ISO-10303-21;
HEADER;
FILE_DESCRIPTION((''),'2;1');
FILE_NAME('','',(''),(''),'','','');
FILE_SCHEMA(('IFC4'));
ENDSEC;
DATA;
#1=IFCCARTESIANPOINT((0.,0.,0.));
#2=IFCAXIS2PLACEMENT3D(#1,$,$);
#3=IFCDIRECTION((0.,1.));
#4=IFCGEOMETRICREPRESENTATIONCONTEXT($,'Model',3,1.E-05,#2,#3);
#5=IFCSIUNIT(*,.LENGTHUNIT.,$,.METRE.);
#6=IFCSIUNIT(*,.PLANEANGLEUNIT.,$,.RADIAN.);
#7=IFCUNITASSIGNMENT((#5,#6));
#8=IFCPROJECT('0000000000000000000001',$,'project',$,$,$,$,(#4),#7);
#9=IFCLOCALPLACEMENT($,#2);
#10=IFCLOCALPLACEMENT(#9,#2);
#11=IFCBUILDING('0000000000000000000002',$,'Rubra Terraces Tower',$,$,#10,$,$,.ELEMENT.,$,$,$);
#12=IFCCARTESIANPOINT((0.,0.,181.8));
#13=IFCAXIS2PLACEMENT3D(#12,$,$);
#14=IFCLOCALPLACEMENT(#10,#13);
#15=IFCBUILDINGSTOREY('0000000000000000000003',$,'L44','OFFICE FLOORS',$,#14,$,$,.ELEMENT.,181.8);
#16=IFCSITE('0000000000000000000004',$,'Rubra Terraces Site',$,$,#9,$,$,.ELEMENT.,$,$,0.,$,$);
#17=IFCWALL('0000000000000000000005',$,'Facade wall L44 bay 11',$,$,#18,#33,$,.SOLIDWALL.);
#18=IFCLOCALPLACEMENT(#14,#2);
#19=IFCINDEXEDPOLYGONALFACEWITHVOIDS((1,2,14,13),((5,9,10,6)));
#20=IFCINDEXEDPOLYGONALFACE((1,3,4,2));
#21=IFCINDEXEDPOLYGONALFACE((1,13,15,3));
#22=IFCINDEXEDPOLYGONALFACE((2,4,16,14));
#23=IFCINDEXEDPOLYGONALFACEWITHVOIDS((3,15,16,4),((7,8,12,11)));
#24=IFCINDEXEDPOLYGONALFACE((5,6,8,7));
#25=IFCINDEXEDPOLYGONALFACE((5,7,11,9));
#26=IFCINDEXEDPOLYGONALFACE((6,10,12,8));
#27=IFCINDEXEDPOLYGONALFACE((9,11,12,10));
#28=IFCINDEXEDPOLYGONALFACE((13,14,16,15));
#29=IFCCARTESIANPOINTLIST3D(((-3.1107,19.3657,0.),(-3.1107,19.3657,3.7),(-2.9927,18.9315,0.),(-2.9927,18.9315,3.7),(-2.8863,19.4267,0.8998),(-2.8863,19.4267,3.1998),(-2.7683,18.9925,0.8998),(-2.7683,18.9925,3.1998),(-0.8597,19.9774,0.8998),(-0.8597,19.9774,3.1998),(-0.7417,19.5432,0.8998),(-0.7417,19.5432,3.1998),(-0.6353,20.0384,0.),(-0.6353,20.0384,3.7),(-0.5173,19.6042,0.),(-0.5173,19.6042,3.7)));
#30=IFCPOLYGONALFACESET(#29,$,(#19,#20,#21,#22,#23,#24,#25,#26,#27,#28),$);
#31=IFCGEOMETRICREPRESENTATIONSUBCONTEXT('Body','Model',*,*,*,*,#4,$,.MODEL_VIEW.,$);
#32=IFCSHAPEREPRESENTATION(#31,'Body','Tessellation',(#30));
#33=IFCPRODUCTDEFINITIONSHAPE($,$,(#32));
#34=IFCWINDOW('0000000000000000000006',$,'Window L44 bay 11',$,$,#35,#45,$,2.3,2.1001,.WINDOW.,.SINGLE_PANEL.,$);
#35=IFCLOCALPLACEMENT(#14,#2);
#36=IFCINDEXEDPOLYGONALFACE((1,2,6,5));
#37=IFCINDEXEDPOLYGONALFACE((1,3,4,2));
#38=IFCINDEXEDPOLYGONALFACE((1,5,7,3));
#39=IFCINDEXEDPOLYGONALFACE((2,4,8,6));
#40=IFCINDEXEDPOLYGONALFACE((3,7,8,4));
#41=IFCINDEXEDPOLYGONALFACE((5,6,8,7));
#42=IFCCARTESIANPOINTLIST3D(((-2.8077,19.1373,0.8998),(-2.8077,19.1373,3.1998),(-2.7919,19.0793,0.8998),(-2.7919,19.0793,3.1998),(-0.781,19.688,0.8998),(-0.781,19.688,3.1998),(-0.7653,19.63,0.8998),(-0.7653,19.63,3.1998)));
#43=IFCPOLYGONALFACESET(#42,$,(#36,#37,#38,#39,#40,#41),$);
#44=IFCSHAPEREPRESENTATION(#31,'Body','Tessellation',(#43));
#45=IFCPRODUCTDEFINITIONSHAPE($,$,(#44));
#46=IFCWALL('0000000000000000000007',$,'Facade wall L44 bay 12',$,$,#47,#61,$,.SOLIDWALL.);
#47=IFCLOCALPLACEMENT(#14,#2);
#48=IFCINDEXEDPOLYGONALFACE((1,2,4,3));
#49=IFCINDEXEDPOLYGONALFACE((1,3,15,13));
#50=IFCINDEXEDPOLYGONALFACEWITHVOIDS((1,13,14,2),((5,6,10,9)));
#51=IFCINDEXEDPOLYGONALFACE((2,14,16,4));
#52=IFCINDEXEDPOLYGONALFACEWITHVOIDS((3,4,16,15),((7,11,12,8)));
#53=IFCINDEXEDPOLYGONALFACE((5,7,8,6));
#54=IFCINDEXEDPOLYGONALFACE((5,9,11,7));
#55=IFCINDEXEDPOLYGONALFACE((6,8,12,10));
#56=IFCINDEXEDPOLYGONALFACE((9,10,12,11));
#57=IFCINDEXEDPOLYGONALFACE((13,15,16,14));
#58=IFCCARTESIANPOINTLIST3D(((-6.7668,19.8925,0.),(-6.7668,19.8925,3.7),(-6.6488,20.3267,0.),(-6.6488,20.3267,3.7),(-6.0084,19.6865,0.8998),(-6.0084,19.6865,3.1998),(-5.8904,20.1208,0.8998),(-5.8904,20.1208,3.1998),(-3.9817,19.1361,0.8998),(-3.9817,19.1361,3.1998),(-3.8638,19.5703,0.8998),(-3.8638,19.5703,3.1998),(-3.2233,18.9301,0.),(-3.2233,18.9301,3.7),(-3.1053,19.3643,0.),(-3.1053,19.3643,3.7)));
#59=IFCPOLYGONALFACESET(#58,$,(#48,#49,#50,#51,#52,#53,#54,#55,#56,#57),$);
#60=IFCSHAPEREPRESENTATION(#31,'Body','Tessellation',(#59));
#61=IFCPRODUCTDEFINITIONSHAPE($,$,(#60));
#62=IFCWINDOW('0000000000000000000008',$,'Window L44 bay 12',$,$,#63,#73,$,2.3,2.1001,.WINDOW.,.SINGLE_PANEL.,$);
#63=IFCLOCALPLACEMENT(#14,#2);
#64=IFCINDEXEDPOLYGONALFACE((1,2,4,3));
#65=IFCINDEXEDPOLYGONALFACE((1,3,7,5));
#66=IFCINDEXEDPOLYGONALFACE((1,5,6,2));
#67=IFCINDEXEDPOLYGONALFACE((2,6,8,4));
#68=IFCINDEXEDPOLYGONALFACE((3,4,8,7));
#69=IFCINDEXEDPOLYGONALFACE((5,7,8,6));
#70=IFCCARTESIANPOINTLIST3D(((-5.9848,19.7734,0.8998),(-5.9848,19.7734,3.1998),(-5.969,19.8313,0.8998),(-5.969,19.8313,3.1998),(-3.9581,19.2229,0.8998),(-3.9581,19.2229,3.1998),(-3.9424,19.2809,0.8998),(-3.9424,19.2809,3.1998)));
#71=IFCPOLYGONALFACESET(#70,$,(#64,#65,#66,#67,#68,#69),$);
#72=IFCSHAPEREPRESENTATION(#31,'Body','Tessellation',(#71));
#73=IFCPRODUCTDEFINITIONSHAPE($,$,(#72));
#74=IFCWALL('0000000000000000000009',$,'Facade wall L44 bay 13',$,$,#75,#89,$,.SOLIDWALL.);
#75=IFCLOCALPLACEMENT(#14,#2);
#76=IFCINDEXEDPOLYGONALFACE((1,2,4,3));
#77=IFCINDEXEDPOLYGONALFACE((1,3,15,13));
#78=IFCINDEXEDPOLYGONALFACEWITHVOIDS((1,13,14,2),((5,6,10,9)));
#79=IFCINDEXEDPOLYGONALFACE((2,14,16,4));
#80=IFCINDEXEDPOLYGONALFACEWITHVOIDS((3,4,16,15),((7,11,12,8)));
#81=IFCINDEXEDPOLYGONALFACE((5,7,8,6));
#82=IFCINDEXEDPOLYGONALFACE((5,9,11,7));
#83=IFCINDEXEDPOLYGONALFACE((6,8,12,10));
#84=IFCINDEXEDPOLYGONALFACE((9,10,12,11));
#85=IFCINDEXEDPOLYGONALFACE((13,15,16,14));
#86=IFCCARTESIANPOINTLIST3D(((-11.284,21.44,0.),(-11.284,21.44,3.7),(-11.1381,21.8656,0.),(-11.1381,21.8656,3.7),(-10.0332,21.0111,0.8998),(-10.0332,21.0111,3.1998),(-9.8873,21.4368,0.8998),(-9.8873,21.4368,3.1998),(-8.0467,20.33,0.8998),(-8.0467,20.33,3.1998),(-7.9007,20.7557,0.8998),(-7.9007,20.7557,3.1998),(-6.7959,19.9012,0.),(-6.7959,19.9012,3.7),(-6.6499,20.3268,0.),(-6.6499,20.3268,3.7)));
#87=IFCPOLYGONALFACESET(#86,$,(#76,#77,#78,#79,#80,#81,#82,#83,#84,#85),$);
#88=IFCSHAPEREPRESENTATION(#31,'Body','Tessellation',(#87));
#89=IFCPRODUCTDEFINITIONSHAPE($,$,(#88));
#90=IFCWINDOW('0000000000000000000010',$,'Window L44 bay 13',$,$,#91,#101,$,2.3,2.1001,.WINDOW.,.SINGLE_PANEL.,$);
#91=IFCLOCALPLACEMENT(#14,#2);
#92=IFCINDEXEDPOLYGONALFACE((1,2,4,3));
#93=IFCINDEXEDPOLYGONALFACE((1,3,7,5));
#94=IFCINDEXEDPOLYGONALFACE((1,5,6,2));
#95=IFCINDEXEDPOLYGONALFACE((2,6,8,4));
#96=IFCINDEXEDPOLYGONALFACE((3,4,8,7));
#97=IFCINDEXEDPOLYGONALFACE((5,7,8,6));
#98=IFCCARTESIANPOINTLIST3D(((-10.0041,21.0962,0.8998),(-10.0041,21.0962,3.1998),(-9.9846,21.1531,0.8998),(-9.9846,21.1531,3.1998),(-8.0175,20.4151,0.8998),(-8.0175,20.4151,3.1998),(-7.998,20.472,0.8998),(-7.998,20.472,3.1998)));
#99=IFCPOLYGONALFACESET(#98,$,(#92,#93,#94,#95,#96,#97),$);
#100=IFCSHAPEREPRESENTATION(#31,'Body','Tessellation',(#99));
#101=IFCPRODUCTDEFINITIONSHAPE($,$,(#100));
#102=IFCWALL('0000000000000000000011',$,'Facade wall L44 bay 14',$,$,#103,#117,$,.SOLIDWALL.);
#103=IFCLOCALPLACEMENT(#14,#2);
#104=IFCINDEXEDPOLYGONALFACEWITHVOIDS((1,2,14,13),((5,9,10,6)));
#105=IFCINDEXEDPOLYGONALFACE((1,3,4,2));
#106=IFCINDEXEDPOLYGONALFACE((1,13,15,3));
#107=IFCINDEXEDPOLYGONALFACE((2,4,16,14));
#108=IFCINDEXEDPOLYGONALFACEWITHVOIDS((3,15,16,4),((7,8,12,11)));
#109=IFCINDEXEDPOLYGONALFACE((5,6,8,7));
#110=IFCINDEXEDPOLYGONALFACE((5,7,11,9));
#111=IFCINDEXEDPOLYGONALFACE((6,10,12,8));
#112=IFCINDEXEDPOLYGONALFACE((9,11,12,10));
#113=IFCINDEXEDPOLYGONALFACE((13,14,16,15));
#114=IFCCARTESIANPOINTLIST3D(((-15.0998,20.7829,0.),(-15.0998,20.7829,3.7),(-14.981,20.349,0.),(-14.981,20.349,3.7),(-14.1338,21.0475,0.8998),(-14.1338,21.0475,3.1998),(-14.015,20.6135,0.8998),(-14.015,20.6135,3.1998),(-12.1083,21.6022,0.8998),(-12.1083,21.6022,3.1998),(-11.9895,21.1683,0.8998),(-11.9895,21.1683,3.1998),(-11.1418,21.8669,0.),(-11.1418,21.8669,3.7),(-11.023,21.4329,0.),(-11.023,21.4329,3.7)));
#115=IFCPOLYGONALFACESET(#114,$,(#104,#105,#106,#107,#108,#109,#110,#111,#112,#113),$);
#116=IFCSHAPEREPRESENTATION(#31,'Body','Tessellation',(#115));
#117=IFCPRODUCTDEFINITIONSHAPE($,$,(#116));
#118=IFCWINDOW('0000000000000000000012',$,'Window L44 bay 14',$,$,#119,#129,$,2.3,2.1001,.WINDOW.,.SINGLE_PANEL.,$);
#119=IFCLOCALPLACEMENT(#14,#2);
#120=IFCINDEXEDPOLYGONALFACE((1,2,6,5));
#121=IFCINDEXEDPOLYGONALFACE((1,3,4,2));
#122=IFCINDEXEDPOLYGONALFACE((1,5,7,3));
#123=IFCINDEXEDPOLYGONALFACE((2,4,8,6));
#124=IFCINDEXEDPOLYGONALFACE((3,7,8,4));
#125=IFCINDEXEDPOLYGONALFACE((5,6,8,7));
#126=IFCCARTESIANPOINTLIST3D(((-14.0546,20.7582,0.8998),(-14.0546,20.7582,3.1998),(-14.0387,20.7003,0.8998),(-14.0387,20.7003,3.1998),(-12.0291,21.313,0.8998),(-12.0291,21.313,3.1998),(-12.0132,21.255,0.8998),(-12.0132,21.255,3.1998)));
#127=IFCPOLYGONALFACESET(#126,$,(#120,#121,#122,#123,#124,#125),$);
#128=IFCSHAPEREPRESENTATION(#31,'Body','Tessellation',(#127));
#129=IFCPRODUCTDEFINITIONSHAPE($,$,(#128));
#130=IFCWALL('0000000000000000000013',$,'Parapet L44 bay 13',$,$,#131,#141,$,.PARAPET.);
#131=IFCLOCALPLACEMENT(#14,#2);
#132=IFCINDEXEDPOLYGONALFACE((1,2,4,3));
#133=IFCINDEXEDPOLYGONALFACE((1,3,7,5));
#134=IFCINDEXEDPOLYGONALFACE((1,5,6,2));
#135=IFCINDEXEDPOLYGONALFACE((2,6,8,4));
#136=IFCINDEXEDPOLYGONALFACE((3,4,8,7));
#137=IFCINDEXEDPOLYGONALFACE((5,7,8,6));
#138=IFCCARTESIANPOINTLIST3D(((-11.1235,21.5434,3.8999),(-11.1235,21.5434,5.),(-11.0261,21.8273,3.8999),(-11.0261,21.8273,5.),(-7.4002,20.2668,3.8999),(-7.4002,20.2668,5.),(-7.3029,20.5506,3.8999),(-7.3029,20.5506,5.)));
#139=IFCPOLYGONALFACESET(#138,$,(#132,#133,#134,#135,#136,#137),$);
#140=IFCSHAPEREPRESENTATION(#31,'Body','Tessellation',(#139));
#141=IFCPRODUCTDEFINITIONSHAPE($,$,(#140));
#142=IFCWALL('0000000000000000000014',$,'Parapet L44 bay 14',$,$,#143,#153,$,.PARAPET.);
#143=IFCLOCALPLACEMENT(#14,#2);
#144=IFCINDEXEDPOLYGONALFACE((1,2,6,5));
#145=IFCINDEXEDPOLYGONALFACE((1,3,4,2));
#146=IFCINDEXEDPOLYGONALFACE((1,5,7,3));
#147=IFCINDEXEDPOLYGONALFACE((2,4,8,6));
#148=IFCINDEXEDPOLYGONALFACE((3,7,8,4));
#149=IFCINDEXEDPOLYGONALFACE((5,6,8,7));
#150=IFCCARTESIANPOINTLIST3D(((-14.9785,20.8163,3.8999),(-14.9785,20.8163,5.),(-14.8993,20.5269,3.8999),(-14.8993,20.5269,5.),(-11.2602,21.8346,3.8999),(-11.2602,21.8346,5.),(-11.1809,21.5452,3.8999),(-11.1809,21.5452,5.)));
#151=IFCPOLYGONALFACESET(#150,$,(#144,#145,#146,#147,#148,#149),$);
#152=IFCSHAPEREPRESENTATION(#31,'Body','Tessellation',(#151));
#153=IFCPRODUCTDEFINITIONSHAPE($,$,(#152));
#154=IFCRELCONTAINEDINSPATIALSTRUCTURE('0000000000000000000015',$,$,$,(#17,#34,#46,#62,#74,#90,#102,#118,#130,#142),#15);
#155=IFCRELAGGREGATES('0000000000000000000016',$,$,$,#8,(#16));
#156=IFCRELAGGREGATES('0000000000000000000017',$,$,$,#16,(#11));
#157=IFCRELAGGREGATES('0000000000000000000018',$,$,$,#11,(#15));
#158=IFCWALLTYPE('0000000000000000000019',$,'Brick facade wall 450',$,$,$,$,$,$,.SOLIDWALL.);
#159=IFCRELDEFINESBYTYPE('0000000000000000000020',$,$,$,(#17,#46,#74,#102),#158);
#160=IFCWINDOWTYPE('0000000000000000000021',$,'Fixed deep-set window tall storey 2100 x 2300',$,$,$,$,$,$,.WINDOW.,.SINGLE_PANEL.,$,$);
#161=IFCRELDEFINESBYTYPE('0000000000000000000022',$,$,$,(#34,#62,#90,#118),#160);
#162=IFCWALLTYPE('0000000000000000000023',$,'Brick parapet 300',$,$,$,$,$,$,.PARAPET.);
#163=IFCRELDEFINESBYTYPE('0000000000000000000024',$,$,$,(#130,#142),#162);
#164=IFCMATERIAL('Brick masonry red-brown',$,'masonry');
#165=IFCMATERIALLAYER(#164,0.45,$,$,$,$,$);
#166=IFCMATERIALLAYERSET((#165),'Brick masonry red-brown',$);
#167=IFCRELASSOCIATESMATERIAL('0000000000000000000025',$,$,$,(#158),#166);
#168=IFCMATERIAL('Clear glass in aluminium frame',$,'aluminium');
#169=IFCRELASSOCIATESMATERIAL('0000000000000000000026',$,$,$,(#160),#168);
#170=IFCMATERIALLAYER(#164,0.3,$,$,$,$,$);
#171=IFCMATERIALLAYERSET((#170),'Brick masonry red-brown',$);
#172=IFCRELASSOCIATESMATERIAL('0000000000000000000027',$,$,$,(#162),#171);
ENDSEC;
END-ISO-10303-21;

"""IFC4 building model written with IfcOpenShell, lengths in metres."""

from ifc_helpers import new_model, si_unit, direction, frame, frame_2d, origin, place, context, subcontext, project, spatial, rectangle, extrude, material, layer, layer_set, type_object, element, fill, save


model = new_model("IFC4")

# Units and contexts
model_context = context("Model", 3, precision=1e-05, world=origin(), true_north=direction((0.0, 1.0)))
body_context = subcontext(model_context, "Body", "Model", "MODEL_VIEW")
ifc_project = project(units=[si_unit("LENGTHUNIT", "METRE"), si_unit("PLANEANGLEUNIT", "RADIAN")], contexts=[model_context])

# Site, building, storey
site_placement = place(None, origin())
site = spatial("IfcSite", under=ifc_project, at=site_placement, Name="Rubra Terraces Site", CompositionType="ELEMENT", RefElevation=0.0)
building_placement = place(site_placement, origin())
building = spatial("IfcBuilding", under=site, at=building_placement, Name="Rubra Terraces Tower", CompositionType="ELEMENT")
storey_placement = place(building_placement, frame((0.0, 0.0, 181.8)))
storey = spatial("IfcBuildingStorey", under=building, at=storey_placement, Name="L44", Description="OFFICE FLOORS", CompositionType="ELEMENT", Elevation=181.8)

# Walls, openings, windows
ifc_material_1 = material(Name="Brick masonry red-brown", Category="masonry")
ifc_layer_1 = layer(ifc_material_1, 0.45)
ifc_layer_set_1 = layer_set([ifc_layer_1], Name="Brick masonry red-brown")
wall_type_1 = type_object("IfcWallType", Name="Brick facade wall 450", PredefinedType="SOLIDWALL", material=ifc_layer_set_1)
wall_1_placement = place(storey_placement, frame((-0.5762, 19.8213, 0.0), z_axis=(0.0, 0.0, 1.0), x_axis=(-0.965009, -0.262215, 0.0)))
wall_1 = element("IfcWall", 1, at=wall_1_placement, inside=storey, type_object=wall_type_1, Name="Facade wall L44 bay 11", PredefinedType="SOLIDWALL", context=body_context, shape_type="SweptSolid", body=[
    extrude(rectangle(XDim=2.5652, YDim=0.45, at=frame_2d((1.2827, 0.0))), origin(), (0.0, 0.0, 1.0), 3.7),
])
opening_1_placement = place(wall_1_placement, frame((0.2327, 0.0, 0.8999)))
opening_1 = element("IfcOpeningElement", 2, at=opening_1_placement, cuts=wall_1, PredefinedType="OPENING", context=body_context, shape_type="SweptSolid", body=[
    extrude(rectangle(XDim=2.1001, YDim=2.3, at=frame_2d((1.05, 1.1499))), frame((0.0, 0.2349, 0.0), z_axis=(0.0, -1.0, 0.0), x_axis=(1.0, 0.0, 0.0)), (0.0, 0.0, 1.0), 0.47),
])
ifc_material_2 = material(Name="Clear glass in aluminium frame", Category="aluminium")
window_type = type_object("IfcWindowType", Name="Fixed deep-set window tall storey 2100 x 2300", PartitioningType="SINGLE_PANEL", PredefinedType="WINDOW", material=ifc_material_2)
window_1_placement = place(opening_1_placement, origin())
window_1 = element("IfcWindow", 3, at=window_1_placement, inside=storey, type_object=window_type, Name="Window L44 bay 11", OverallHeight=2.3, OverallWidth=2.1001, PartitioningType="SINGLE_PANEL", PredefinedType="WINDOW", context=body_context, shape_type="SweptSolid", body=[
    extrude(rectangle(XDim=2.1001, YDim=2.3, at=frame_2d((1.05, 1.1499))), frame((0.0, 0.135, 0.0), z_axis=(0.0, -1.0, 0.0), x_axis=(1.0, 0.0, 0.0)), (0.0, 0.0, 1.0), 0.0601),
])
fill(opening_1, window_1)
wall_2_placement = place(storey_placement, frame((-3.1643, 19.1472, 0.0), z_axis=(0.0, 0.0, 1.0), x_axis=(-0.965039, 0.262105, 0.0)))
wall_2 = element("IfcWall", 4, at=wall_2_placement, inside=storey, type_object=wall_type_1, Name="Facade wall L44 bay 12", PredefinedType="SOLIDWALL", context=body_context, shape_type="SweptSolid", body=[
    extrude(rectangle(XDim=3.6719, YDim=0.45, at=frame_2d((1.8359, 0.0))), origin(), (0.0, 0.0, 1.0), 3.7),
])
opening_2_placement = place(wall_2_placement, frame((0.7859, 0.0, 0.8999)))
opening_2 = element("IfcOpeningElement", 5, at=opening_2_placement, cuts=wall_2, PredefinedType="OPENING", context=body_context, shape_type="SweptSolid", body=[
    extrude(rectangle(XDim=2.1001, YDim=2.3, at=frame_2d((1.05, 1.1499))), frame((0.0, 0.2349, 0.0), z_axis=(0.0, -1.0, 0.0), x_axis=(1.0, 0.0, 0.0)), (0.0, 0.0, 1.0), 0.47),
])
window_2_placement = place(opening_2_placement, origin())
window_2 = element("IfcWindow", 6, at=window_2_placement, inside=storey, type_object=window_type, Name="Window L44 bay 12", OverallHeight=2.3, OverallWidth=2.1001, PartitioningType="SINGLE_PANEL", PredefinedType="WINDOW", context=body_context, shape_type="SweptSolid", body=[
    extrude(rectangle(XDim=2.1001, YDim=2.3, at=frame_2d((1.05, 1.1499))), frame((0.0, 0.135, 0.0), z_axis=(0.0, -1.0, 0.0), x_axis=(1.0, 0.0, 0.0)), (0.0, 0.0, 1.0), 0.0601),
])
fill(opening_2, window_2)
wall_3_placement = place(storey_placement, frame((-6.7229, 20.114, 0.0), z_axis=(0.0, 0.0, 1.0), x_axis=(-0.945947, 0.32432, 0.0)))
wall_3 = element("IfcWall", 7, at=wall_3_placement, inside=storey, type_object=wall_type_1, Name="Facade wall L44 bay 13", PredefinedType="SOLIDWALL", context=body_context, shape_type="SweptSolid", body=[
    extrude(rectangle(XDim=4.7446, YDim=0.45, at=frame_2d((2.3723, 0.0))), origin(), (0.0, 0.0, 1.0), 3.7),
])
opening_3_placement = place(wall_3_placement, frame((1.3223, 0.0, 0.8999)))
opening_3 = element("IfcOpeningElement", 8, at=opening_3_placement, cuts=wall_3, PredefinedType="OPENING", context=body_context, shape_type="SweptSolid", body=[
    extrude(rectangle(XDim=2.1001, YDim=2.3, at=frame_2d((1.05, 1.1499))), frame((0.0, 0.2349, 0.0), z_axis=(0.0, -1.0, 0.0), x_axis=(1.0, 0.0, 0.0)), (0.0, 0.0, 1.0), 0.47),
])
window_3_placement = place(opening_3_placement, origin())
window_3 = element("IfcWindow", 9, at=window_3_placement, inside=storey, type_object=window_type, Name="Window L44 bay 13", OverallHeight=2.3, OverallWidth=2.1001, PartitioningType="SINGLE_PANEL", PredefinedType="WINDOW", context=body_context, shape_type="SweptSolid", body=[
    extrude(rectangle(XDim=2.1001, YDim=2.3, at=frame_2d((1.05, 1.1499))), frame((0.0, 0.135, 0.0), z_axis=(0.0, -1.0, 0.0), x_axis=(1.0, 0.0, 0.0)), (0.0, 0.0, 1.0), 0.0601),
])
fill(opening_3, window_3)
wall_4_placement = place(storey_placement, frame((-11.0825, 21.6499, 0.0), z_axis=(0.0, 0.0, 1.0), x_axis=(-0.964483, -0.264144, 0.0)))
wall_4 = element("IfcWall", 10, at=wall_4_placement, inside=storey, type_object=wall_type_1, Name="Facade wall L44 bay 14", PredefinedType="SOLIDWALL", context=body_context, shape_type="SweptSolid", body=[
    extrude(rectangle(XDim=4.1038, YDim=0.45, at=frame_2d((2.0518, 0.0))), origin(), (0.0, 0.0, 1.0), 3.7),
])
opening_4_placement = place(wall_4_placement, frame((1.002, 0.0, 0.8999)))
opening_4 = element("IfcOpeningElement", 11, at=opening_4_placement, cuts=wall_4, PredefinedType="OPENING", context=body_context, shape_type="SweptSolid", body=[
    extrude(rectangle(XDim=2.1001, YDim=2.3, at=frame_2d((1.05, 1.1499))), frame((0.0, 0.2349, 0.0), z_axis=(0.0, -1.0, 0.0), x_axis=(1.0, 0.0, 0.0)), (0.0, 0.0, 1.0), 0.47),
])
window_4_placement = place(opening_4_placement, origin())
window_4 = element("IfcWindow", 12, at=window_4_placement, inside=storey, type_object=window_type, Name="Window L44 bay 14", OverallHeight=2.3, OverallWidth=2.1001, PartitioningType="SINGLE_PANEL", PredefinedType="WINDOW", context=body_context, shape_type="SweptSolid", body=[
    extrude(rectangle(XDim=2.1001, YDim=2.3, at=frame_2d((1.05, 1.1499))), frame((0.0, 0.135, 0.0), z_axis=(0.0, -1.0, 0.0), x_axis=(1.0, 0.0, 0.0)), (0.0, 0.0, 1.0), 0.0601),
])
fill(opening_4, window_4)

# Walls
ifc_layer_2 = layer(ifc_material_1, 0.3)
ifc_layer_set_2 = layer_set([ifc_layer_2], Name="Brick masonry red-brown")
wall_type_2 = type_object("IfcWallType", Name="Brick parapet 300", PredefinedType="PARAPET", material=ifc_layer_set_2)
wall_5_placement = place(storey_placement, frame((-7.3516, 20.4087, 3.8999), z_axis=(0.0, 0.0, 1.0), x_axis=(-0.945938, 0.324348, 0.0)))
element("IfcWall", 13, at=wall_5_placement, inside=storey, type_object=wall_type_2, Name="Parapet L44 bay 13", PredefinedType="PARAPET", context=body_context, shape_type="SweptSolid", body=[
    extrude(rectangle(XDim=3.936, YDim=0.3, at=frame_2d((1.968, 0.0))), origin(), (0.0, 0.0, 1.0), 1.1001),
])
wall_6_placement = place(storey_placement, frame((-11.2205, 21.6899, 3.8999), z_axis=(0.0, 0.0, 1.0), x_axis=(-0.964484, -0.264141, 0.0)))
element("IfcWall", 14, at=wall_6_placement, inside=storey, type_object=wall_type_2, Name="Parapet L44 bay 14", PredefinedType="PARAPET", context=body_context, shape_type="SweptSolid", body=[
    extrude(rectangle(XDim=3.8552, YDim=0.3, at=frame_2d((1.9277, 0.0))), origin(), (0.0, 0.0, 1.0), 1.1001),
])

save(model, "model.ifc")
